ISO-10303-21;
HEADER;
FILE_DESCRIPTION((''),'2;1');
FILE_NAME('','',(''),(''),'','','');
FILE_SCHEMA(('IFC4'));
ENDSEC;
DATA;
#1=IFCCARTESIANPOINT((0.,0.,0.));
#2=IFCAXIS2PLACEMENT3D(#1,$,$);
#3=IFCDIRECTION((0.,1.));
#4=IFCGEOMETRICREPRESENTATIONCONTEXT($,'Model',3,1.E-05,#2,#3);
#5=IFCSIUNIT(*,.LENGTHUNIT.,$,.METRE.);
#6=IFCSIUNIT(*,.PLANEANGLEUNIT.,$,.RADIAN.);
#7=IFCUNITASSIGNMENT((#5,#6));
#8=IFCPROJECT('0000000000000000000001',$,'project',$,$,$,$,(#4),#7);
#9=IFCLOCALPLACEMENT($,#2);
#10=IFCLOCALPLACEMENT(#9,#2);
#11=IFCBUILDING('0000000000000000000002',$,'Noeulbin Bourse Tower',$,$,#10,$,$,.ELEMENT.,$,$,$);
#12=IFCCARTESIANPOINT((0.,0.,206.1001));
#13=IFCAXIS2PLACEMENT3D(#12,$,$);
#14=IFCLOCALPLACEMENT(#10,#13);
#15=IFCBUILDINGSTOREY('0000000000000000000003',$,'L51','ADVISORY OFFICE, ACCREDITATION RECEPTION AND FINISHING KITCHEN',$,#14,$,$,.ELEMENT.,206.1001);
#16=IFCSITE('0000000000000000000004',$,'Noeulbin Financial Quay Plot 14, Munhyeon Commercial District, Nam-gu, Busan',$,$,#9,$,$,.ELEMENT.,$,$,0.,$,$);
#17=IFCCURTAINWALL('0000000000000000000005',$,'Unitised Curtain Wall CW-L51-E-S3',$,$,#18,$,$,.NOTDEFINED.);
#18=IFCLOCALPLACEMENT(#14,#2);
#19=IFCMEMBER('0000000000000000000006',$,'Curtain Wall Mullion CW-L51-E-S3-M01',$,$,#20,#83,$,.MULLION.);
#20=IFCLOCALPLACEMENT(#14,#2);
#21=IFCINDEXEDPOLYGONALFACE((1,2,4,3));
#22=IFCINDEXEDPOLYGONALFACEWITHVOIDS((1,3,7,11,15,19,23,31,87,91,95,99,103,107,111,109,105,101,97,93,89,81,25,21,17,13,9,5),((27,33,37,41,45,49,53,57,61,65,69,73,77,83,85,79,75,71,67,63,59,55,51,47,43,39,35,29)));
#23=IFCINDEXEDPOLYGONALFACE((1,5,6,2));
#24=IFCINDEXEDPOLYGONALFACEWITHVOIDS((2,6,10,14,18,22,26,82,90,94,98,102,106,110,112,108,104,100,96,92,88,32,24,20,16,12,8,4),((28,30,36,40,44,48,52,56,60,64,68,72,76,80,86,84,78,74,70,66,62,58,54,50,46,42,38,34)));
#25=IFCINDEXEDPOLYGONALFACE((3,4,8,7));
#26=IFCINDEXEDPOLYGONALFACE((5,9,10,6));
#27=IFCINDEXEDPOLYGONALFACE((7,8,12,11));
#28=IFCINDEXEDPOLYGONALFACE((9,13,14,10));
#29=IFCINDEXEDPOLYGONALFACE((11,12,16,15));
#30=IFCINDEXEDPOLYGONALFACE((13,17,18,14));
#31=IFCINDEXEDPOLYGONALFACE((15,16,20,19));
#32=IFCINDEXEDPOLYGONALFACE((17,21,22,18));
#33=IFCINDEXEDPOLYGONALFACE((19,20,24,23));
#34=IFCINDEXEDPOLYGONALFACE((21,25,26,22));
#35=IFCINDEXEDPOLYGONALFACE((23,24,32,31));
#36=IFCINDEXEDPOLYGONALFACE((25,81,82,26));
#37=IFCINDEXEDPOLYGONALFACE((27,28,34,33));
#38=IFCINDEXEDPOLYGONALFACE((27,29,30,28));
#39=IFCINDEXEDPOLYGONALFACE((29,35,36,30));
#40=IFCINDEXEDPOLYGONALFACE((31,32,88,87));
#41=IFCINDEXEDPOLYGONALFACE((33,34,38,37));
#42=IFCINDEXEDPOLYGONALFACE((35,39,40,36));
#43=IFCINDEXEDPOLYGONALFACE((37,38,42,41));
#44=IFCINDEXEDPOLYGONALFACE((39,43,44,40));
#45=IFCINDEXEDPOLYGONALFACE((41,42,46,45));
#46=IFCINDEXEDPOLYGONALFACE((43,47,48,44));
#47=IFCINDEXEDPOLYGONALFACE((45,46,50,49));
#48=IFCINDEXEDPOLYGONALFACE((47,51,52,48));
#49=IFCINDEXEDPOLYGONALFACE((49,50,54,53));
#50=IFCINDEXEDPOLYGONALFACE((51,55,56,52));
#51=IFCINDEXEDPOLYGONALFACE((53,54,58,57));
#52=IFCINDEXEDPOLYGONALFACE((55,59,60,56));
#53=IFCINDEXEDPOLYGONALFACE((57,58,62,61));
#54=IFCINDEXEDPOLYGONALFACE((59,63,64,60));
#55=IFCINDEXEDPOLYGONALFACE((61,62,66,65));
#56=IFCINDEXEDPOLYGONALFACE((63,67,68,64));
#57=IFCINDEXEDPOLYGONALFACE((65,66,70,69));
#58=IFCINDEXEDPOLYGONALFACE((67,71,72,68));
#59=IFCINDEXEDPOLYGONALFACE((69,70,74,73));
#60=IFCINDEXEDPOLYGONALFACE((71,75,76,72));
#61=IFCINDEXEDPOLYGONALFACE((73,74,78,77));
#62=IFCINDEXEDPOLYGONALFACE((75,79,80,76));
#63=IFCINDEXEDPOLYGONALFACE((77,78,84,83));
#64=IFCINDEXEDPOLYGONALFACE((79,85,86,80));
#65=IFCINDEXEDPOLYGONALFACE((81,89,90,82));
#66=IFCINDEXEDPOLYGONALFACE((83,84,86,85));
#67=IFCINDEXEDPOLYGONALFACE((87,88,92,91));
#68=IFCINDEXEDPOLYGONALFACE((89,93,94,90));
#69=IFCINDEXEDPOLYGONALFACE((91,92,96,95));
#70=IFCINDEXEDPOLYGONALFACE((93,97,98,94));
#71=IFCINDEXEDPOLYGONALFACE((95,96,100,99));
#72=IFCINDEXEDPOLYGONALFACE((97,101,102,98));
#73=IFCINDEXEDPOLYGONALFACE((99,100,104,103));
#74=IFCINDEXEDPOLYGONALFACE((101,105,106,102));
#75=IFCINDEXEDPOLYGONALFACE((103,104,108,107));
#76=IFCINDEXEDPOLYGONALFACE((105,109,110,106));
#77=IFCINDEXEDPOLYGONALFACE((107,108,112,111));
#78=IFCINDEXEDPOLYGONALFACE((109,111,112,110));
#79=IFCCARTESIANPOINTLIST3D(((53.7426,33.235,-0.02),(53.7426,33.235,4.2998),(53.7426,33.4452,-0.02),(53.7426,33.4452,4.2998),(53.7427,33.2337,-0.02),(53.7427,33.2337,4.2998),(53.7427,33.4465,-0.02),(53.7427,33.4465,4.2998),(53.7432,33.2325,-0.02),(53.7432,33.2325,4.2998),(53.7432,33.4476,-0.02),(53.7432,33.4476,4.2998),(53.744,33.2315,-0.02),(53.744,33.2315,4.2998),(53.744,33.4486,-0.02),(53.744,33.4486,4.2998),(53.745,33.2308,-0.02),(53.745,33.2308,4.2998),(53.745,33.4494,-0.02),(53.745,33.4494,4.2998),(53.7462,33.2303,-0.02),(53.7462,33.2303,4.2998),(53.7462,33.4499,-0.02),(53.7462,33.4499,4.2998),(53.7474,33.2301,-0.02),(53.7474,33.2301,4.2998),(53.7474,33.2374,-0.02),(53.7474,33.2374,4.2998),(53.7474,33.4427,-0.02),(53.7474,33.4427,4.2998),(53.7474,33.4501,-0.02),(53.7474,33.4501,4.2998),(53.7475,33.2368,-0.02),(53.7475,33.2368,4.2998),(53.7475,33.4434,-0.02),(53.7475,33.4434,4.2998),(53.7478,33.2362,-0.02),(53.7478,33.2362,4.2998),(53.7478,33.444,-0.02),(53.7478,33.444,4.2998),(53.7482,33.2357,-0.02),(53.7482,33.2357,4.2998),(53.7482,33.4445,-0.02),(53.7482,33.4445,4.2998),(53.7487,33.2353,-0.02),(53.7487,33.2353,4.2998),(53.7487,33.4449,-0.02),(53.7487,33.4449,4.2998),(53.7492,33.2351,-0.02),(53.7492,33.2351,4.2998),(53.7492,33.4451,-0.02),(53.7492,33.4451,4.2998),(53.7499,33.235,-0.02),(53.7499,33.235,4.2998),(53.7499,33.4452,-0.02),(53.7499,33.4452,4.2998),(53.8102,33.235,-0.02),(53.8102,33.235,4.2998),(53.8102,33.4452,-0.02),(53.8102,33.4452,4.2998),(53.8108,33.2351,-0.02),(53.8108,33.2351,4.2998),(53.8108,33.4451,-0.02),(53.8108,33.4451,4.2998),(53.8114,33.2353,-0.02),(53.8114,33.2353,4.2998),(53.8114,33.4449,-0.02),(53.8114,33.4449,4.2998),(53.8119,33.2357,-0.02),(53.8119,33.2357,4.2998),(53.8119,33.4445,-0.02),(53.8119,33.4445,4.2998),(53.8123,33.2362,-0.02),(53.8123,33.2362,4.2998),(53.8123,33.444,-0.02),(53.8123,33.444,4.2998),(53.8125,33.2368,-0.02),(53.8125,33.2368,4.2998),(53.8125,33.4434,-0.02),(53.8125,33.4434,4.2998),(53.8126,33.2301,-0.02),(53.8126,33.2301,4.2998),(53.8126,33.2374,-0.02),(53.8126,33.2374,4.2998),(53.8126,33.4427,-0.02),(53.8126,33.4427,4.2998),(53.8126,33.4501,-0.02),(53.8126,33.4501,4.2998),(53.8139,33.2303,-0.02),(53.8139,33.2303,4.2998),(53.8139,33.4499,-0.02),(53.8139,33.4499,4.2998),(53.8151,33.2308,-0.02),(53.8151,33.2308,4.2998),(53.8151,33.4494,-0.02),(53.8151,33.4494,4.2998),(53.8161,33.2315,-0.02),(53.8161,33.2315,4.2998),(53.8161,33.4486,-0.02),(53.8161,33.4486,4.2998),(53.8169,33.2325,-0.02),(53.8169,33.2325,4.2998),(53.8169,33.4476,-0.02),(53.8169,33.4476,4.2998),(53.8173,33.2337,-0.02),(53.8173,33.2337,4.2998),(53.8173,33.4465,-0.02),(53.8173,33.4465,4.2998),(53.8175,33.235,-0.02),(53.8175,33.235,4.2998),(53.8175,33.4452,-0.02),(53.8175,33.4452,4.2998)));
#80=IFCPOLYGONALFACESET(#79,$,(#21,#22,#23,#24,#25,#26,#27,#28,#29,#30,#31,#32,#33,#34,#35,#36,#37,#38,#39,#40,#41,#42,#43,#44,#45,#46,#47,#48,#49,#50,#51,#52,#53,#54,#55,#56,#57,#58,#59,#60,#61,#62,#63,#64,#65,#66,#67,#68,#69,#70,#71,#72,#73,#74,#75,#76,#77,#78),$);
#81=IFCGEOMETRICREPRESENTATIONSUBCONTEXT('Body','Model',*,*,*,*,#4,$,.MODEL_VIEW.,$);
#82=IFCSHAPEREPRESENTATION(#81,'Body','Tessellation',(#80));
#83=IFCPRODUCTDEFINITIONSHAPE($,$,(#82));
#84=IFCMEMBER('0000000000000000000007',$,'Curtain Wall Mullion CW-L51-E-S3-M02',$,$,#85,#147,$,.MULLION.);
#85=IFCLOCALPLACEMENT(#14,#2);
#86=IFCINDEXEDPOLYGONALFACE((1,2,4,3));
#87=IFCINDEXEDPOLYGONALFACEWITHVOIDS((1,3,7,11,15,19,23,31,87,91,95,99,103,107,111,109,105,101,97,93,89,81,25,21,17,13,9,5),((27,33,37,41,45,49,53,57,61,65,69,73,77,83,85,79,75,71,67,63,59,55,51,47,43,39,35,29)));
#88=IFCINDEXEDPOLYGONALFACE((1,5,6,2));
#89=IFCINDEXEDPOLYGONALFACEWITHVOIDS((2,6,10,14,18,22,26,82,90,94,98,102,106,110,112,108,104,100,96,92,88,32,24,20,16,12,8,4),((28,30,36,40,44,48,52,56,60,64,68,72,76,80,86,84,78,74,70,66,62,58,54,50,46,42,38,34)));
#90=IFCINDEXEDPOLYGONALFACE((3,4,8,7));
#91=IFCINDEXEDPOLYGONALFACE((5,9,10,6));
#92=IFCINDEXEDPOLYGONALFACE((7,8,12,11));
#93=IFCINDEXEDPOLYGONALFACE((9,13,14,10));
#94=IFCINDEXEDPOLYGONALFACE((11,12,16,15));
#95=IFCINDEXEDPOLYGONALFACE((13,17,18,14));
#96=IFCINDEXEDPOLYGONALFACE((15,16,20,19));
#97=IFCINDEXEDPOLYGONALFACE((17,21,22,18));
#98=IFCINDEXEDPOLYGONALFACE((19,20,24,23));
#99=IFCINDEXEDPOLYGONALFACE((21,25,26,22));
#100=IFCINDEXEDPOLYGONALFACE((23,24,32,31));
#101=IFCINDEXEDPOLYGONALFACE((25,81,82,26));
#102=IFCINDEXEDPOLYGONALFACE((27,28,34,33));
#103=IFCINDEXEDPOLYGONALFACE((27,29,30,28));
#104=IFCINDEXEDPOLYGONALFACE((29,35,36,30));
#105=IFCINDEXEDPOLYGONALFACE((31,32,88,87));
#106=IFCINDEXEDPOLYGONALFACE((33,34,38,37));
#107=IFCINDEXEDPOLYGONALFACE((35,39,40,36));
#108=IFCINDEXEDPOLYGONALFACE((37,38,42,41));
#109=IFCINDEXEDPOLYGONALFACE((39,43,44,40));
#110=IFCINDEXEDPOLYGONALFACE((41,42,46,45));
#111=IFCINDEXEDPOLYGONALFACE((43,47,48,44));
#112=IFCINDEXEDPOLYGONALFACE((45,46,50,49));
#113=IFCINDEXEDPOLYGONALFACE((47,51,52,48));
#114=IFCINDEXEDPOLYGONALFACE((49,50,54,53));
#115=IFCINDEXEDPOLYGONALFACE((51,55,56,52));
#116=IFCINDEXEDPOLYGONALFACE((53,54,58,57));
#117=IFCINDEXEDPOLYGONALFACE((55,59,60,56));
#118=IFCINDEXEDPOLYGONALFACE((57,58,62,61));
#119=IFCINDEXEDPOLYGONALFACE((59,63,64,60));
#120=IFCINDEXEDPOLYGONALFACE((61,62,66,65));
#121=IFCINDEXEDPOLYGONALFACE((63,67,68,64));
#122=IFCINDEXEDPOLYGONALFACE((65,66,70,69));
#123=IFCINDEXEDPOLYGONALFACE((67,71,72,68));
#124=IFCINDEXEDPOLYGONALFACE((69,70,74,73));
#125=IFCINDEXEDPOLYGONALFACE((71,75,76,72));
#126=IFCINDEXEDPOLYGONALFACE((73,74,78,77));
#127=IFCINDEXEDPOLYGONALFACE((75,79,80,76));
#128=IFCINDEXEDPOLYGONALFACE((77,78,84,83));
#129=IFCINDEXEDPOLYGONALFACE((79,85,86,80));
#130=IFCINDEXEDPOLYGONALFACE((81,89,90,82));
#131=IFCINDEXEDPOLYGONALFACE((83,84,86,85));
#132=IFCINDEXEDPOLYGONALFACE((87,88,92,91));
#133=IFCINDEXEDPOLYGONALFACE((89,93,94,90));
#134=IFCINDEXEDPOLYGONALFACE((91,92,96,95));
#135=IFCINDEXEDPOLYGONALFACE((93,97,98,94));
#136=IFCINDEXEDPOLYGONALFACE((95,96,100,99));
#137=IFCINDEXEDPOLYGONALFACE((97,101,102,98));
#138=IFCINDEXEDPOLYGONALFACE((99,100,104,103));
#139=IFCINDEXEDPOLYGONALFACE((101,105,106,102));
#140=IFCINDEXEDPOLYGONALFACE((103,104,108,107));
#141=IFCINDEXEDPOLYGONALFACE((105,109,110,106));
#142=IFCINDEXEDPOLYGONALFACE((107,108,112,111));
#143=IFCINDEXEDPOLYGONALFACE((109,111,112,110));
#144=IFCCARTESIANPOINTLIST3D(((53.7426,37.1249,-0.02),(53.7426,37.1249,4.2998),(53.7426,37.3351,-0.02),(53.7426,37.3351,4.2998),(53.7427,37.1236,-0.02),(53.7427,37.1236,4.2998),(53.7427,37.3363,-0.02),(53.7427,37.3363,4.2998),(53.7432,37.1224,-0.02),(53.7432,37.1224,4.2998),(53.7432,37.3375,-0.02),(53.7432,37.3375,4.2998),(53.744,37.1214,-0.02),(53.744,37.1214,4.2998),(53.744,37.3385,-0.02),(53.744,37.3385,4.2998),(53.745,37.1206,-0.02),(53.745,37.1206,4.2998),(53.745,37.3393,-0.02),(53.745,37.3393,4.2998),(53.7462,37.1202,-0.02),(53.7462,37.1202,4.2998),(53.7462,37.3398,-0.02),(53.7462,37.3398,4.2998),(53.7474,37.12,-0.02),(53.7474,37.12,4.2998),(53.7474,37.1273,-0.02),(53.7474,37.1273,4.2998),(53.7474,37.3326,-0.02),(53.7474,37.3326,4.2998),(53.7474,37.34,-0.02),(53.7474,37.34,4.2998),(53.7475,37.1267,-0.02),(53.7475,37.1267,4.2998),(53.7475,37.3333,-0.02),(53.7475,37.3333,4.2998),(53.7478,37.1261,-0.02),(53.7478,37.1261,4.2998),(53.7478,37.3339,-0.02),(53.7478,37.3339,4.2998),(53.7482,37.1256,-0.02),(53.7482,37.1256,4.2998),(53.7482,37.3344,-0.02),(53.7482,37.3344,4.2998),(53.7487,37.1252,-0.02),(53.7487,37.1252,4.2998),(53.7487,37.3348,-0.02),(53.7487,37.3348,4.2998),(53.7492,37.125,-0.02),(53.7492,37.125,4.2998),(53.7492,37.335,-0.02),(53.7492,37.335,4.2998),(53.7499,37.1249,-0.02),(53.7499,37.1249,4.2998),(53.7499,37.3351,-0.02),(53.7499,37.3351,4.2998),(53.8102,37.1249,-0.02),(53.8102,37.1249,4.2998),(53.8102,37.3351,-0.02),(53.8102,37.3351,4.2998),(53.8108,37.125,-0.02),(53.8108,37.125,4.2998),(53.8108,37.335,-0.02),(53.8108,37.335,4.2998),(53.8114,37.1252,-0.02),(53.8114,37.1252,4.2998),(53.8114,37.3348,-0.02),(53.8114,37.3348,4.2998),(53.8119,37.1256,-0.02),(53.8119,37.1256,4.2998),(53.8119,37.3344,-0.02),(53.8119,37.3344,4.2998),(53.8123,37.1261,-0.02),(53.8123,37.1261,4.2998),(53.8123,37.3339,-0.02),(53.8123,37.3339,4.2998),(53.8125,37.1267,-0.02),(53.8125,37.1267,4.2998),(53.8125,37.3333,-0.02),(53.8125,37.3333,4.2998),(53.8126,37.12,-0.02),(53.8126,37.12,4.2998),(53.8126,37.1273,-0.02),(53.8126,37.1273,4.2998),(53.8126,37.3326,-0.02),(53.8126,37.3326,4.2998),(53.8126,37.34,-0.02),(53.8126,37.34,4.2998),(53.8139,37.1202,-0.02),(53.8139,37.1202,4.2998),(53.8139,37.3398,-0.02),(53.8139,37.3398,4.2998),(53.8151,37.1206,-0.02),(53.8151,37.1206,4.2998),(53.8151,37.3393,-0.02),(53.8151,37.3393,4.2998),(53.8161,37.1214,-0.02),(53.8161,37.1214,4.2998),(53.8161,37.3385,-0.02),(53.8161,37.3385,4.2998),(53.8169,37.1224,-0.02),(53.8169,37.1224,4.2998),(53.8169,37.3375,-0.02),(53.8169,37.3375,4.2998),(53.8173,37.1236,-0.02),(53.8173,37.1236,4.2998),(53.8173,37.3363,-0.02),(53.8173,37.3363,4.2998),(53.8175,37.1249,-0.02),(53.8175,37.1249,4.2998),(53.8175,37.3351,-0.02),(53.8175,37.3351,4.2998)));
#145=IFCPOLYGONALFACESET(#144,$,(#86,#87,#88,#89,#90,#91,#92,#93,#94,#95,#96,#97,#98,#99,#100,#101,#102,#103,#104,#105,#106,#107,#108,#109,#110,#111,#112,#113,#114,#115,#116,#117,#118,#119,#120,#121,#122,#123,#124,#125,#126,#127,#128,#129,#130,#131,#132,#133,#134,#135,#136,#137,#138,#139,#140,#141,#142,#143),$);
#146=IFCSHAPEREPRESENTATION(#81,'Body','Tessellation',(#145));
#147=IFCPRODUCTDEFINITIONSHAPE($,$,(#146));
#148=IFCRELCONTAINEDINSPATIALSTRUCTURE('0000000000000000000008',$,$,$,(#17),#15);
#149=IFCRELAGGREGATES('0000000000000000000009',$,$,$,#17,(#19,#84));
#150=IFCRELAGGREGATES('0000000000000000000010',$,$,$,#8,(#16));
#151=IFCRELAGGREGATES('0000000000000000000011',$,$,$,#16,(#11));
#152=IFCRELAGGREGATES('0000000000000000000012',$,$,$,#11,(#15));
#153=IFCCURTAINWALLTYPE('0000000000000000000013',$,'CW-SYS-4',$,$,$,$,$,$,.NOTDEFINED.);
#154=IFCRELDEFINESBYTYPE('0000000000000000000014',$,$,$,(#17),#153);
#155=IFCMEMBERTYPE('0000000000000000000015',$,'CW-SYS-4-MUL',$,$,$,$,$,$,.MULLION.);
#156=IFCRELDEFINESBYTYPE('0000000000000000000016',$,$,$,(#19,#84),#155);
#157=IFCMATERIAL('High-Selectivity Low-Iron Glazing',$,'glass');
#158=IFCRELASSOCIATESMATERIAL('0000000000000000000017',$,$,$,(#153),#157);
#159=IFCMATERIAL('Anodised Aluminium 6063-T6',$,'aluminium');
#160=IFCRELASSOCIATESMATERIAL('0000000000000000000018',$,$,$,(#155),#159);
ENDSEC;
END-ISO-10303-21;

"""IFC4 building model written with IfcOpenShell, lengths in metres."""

from ifc_helpers import new_model, si_unit, direction, frame, origin, origin_2d, place, context, subcontext, project, spatial, hollow_rectangle, extrude, material, material_profile, profile_set, type_object, element, aggregate, save


model = new_model("IFC4")

# Units and contexts
model_context = context("Model", 3, precision=1e-05, world=origin(), true_north=direction((0.0, 1.0)))
body_context = subcontext(model_context, "Body", "Model", "MODEL_VIEW")
ifc_project = project(units=[si_unit("LENGTHUNIT", "METRE"), si_unit("PLANEANGLEUNIT", "RADIAN")], contexts=[model_context])

# Site, building, storey
site_placement = place(None, origin())
site = spatial("IfcSite", under=ifc_project, at=site_placement, Name="Noeulbin Financial Quay Plot 14, Munhyeon Commercial District, Nam-gu, Busan", CompositionType="ELEMENT", RefElevation=0.0)
building_placement = place(site_placement, origin())
building = spatial("IfcBuilding", under=site, at=building_placement, Name="Noeulbin Bourse Tower", CompositionType="ELEMENT")
storey_placement = place(building_placement, frame((0.0, 0.0, 206.1001)))
storey = spatial("IfcBuildingStorey", under=building, at=storey_placement, Name="L51", Description="ADVISORY OFFICE, ACCREDITATION RECEPTION AND FINISHING KITCHEN", CompositionType="ELEMENT", Elevation=206.1001)

# Curtain wall, members
ifc_material_1 = material(Name="High-Selectivity Low-Iron Glazing", Category="glass")
curtain_wall_type = type_object("IfcCurtainWallType", Name="CW-SYS-4", PredefinedType="NOTDEFINED", material=ifc_material_1)
ifc_material_2 = material(Name="Anodised Aluminium 6063-T6", Category="aluminium")
ifc_material_profile_1 = material_profile(ifc_material_2, hollow_rectangle(XDim=0.075, YDim=0.22, WallThickness=0.0049, InnerFilletRadius=0.0024, OuterFilletRadius=0.0049, at=origin_2d()), Name="ALU-MULL-75x220x5", Category="LoadBearing")
ifc_profile_set_1 = profile_set([ifc_material_profile_1], Name="Anodised Aluminium 6063-T6")
member_type_1 = type_object("IfcMemberType", Name="CW-SYS-4-MUL", PredefinedType="MULLION", material=ifc_profile_set_1)
curtain_wall_1_placement = place(storey_placement, origin())
curtain_wall_1 = element("IfcCurtainWall", 1, at=curtain_wall_1_placement, inside=storey, type_object=curtain_wall_type, Name="Unitised Curtain Wall CW-L51-E-S3", PredefinedType="NOTDEFINED")
member_1_placement = place(storey_placement, frame((53.78, 33.3401, -0.02), z_axis=(0.0, 0.0, 1.0), x_axis=(1.0, 0.0, 0.0)))
member_1 = element("IfcMember", 2, at=member_1_placement, type_object=member_type_1, Name="Curtain Wall Mullion CW-L51-E-S3-M01", PredefinedType="MULLION", context=body_context, shape_type="SweptSolid", body=[
    extrude(hollow_rectangle(XDim=0.075, YDim=0.22, WallThickness=0.0049, InnerFilletRadius=0.0024, OuterFilletRadius=0.0049, at=origin_2d()), origin(), (0.0, 0.0, 1.0), 4.3198),
])
member_2_placement = place(storey_placement, frame((53.78, 37.23, -0.02), z_axis=(0.0, 0.0, 1.0), x_axis=(1.0, 0.0, 0.0)))
member_2 = element("IfcMember", 3, at=member_2_placement, type_object=member_type_1, Name="Curtain Wall Mullion CW-L51-E-S3-M02", PredefinedType="MULLION", context=body_context, shape_type="SweptSolid", body=[
    extrude(hollow_rectangle(XDim=0.075, YDim=0.22, WallThickness=0.0049, InnerFilletRadius=0.0024, OuterFilletRadius=0.0049, at=origin_2d()), origin(), (0.0, 0.0, 1.0), 4.3198),
])

aggregate(curtain_wall_1, [member_1, member_2])

save(model, "model.ifc")
